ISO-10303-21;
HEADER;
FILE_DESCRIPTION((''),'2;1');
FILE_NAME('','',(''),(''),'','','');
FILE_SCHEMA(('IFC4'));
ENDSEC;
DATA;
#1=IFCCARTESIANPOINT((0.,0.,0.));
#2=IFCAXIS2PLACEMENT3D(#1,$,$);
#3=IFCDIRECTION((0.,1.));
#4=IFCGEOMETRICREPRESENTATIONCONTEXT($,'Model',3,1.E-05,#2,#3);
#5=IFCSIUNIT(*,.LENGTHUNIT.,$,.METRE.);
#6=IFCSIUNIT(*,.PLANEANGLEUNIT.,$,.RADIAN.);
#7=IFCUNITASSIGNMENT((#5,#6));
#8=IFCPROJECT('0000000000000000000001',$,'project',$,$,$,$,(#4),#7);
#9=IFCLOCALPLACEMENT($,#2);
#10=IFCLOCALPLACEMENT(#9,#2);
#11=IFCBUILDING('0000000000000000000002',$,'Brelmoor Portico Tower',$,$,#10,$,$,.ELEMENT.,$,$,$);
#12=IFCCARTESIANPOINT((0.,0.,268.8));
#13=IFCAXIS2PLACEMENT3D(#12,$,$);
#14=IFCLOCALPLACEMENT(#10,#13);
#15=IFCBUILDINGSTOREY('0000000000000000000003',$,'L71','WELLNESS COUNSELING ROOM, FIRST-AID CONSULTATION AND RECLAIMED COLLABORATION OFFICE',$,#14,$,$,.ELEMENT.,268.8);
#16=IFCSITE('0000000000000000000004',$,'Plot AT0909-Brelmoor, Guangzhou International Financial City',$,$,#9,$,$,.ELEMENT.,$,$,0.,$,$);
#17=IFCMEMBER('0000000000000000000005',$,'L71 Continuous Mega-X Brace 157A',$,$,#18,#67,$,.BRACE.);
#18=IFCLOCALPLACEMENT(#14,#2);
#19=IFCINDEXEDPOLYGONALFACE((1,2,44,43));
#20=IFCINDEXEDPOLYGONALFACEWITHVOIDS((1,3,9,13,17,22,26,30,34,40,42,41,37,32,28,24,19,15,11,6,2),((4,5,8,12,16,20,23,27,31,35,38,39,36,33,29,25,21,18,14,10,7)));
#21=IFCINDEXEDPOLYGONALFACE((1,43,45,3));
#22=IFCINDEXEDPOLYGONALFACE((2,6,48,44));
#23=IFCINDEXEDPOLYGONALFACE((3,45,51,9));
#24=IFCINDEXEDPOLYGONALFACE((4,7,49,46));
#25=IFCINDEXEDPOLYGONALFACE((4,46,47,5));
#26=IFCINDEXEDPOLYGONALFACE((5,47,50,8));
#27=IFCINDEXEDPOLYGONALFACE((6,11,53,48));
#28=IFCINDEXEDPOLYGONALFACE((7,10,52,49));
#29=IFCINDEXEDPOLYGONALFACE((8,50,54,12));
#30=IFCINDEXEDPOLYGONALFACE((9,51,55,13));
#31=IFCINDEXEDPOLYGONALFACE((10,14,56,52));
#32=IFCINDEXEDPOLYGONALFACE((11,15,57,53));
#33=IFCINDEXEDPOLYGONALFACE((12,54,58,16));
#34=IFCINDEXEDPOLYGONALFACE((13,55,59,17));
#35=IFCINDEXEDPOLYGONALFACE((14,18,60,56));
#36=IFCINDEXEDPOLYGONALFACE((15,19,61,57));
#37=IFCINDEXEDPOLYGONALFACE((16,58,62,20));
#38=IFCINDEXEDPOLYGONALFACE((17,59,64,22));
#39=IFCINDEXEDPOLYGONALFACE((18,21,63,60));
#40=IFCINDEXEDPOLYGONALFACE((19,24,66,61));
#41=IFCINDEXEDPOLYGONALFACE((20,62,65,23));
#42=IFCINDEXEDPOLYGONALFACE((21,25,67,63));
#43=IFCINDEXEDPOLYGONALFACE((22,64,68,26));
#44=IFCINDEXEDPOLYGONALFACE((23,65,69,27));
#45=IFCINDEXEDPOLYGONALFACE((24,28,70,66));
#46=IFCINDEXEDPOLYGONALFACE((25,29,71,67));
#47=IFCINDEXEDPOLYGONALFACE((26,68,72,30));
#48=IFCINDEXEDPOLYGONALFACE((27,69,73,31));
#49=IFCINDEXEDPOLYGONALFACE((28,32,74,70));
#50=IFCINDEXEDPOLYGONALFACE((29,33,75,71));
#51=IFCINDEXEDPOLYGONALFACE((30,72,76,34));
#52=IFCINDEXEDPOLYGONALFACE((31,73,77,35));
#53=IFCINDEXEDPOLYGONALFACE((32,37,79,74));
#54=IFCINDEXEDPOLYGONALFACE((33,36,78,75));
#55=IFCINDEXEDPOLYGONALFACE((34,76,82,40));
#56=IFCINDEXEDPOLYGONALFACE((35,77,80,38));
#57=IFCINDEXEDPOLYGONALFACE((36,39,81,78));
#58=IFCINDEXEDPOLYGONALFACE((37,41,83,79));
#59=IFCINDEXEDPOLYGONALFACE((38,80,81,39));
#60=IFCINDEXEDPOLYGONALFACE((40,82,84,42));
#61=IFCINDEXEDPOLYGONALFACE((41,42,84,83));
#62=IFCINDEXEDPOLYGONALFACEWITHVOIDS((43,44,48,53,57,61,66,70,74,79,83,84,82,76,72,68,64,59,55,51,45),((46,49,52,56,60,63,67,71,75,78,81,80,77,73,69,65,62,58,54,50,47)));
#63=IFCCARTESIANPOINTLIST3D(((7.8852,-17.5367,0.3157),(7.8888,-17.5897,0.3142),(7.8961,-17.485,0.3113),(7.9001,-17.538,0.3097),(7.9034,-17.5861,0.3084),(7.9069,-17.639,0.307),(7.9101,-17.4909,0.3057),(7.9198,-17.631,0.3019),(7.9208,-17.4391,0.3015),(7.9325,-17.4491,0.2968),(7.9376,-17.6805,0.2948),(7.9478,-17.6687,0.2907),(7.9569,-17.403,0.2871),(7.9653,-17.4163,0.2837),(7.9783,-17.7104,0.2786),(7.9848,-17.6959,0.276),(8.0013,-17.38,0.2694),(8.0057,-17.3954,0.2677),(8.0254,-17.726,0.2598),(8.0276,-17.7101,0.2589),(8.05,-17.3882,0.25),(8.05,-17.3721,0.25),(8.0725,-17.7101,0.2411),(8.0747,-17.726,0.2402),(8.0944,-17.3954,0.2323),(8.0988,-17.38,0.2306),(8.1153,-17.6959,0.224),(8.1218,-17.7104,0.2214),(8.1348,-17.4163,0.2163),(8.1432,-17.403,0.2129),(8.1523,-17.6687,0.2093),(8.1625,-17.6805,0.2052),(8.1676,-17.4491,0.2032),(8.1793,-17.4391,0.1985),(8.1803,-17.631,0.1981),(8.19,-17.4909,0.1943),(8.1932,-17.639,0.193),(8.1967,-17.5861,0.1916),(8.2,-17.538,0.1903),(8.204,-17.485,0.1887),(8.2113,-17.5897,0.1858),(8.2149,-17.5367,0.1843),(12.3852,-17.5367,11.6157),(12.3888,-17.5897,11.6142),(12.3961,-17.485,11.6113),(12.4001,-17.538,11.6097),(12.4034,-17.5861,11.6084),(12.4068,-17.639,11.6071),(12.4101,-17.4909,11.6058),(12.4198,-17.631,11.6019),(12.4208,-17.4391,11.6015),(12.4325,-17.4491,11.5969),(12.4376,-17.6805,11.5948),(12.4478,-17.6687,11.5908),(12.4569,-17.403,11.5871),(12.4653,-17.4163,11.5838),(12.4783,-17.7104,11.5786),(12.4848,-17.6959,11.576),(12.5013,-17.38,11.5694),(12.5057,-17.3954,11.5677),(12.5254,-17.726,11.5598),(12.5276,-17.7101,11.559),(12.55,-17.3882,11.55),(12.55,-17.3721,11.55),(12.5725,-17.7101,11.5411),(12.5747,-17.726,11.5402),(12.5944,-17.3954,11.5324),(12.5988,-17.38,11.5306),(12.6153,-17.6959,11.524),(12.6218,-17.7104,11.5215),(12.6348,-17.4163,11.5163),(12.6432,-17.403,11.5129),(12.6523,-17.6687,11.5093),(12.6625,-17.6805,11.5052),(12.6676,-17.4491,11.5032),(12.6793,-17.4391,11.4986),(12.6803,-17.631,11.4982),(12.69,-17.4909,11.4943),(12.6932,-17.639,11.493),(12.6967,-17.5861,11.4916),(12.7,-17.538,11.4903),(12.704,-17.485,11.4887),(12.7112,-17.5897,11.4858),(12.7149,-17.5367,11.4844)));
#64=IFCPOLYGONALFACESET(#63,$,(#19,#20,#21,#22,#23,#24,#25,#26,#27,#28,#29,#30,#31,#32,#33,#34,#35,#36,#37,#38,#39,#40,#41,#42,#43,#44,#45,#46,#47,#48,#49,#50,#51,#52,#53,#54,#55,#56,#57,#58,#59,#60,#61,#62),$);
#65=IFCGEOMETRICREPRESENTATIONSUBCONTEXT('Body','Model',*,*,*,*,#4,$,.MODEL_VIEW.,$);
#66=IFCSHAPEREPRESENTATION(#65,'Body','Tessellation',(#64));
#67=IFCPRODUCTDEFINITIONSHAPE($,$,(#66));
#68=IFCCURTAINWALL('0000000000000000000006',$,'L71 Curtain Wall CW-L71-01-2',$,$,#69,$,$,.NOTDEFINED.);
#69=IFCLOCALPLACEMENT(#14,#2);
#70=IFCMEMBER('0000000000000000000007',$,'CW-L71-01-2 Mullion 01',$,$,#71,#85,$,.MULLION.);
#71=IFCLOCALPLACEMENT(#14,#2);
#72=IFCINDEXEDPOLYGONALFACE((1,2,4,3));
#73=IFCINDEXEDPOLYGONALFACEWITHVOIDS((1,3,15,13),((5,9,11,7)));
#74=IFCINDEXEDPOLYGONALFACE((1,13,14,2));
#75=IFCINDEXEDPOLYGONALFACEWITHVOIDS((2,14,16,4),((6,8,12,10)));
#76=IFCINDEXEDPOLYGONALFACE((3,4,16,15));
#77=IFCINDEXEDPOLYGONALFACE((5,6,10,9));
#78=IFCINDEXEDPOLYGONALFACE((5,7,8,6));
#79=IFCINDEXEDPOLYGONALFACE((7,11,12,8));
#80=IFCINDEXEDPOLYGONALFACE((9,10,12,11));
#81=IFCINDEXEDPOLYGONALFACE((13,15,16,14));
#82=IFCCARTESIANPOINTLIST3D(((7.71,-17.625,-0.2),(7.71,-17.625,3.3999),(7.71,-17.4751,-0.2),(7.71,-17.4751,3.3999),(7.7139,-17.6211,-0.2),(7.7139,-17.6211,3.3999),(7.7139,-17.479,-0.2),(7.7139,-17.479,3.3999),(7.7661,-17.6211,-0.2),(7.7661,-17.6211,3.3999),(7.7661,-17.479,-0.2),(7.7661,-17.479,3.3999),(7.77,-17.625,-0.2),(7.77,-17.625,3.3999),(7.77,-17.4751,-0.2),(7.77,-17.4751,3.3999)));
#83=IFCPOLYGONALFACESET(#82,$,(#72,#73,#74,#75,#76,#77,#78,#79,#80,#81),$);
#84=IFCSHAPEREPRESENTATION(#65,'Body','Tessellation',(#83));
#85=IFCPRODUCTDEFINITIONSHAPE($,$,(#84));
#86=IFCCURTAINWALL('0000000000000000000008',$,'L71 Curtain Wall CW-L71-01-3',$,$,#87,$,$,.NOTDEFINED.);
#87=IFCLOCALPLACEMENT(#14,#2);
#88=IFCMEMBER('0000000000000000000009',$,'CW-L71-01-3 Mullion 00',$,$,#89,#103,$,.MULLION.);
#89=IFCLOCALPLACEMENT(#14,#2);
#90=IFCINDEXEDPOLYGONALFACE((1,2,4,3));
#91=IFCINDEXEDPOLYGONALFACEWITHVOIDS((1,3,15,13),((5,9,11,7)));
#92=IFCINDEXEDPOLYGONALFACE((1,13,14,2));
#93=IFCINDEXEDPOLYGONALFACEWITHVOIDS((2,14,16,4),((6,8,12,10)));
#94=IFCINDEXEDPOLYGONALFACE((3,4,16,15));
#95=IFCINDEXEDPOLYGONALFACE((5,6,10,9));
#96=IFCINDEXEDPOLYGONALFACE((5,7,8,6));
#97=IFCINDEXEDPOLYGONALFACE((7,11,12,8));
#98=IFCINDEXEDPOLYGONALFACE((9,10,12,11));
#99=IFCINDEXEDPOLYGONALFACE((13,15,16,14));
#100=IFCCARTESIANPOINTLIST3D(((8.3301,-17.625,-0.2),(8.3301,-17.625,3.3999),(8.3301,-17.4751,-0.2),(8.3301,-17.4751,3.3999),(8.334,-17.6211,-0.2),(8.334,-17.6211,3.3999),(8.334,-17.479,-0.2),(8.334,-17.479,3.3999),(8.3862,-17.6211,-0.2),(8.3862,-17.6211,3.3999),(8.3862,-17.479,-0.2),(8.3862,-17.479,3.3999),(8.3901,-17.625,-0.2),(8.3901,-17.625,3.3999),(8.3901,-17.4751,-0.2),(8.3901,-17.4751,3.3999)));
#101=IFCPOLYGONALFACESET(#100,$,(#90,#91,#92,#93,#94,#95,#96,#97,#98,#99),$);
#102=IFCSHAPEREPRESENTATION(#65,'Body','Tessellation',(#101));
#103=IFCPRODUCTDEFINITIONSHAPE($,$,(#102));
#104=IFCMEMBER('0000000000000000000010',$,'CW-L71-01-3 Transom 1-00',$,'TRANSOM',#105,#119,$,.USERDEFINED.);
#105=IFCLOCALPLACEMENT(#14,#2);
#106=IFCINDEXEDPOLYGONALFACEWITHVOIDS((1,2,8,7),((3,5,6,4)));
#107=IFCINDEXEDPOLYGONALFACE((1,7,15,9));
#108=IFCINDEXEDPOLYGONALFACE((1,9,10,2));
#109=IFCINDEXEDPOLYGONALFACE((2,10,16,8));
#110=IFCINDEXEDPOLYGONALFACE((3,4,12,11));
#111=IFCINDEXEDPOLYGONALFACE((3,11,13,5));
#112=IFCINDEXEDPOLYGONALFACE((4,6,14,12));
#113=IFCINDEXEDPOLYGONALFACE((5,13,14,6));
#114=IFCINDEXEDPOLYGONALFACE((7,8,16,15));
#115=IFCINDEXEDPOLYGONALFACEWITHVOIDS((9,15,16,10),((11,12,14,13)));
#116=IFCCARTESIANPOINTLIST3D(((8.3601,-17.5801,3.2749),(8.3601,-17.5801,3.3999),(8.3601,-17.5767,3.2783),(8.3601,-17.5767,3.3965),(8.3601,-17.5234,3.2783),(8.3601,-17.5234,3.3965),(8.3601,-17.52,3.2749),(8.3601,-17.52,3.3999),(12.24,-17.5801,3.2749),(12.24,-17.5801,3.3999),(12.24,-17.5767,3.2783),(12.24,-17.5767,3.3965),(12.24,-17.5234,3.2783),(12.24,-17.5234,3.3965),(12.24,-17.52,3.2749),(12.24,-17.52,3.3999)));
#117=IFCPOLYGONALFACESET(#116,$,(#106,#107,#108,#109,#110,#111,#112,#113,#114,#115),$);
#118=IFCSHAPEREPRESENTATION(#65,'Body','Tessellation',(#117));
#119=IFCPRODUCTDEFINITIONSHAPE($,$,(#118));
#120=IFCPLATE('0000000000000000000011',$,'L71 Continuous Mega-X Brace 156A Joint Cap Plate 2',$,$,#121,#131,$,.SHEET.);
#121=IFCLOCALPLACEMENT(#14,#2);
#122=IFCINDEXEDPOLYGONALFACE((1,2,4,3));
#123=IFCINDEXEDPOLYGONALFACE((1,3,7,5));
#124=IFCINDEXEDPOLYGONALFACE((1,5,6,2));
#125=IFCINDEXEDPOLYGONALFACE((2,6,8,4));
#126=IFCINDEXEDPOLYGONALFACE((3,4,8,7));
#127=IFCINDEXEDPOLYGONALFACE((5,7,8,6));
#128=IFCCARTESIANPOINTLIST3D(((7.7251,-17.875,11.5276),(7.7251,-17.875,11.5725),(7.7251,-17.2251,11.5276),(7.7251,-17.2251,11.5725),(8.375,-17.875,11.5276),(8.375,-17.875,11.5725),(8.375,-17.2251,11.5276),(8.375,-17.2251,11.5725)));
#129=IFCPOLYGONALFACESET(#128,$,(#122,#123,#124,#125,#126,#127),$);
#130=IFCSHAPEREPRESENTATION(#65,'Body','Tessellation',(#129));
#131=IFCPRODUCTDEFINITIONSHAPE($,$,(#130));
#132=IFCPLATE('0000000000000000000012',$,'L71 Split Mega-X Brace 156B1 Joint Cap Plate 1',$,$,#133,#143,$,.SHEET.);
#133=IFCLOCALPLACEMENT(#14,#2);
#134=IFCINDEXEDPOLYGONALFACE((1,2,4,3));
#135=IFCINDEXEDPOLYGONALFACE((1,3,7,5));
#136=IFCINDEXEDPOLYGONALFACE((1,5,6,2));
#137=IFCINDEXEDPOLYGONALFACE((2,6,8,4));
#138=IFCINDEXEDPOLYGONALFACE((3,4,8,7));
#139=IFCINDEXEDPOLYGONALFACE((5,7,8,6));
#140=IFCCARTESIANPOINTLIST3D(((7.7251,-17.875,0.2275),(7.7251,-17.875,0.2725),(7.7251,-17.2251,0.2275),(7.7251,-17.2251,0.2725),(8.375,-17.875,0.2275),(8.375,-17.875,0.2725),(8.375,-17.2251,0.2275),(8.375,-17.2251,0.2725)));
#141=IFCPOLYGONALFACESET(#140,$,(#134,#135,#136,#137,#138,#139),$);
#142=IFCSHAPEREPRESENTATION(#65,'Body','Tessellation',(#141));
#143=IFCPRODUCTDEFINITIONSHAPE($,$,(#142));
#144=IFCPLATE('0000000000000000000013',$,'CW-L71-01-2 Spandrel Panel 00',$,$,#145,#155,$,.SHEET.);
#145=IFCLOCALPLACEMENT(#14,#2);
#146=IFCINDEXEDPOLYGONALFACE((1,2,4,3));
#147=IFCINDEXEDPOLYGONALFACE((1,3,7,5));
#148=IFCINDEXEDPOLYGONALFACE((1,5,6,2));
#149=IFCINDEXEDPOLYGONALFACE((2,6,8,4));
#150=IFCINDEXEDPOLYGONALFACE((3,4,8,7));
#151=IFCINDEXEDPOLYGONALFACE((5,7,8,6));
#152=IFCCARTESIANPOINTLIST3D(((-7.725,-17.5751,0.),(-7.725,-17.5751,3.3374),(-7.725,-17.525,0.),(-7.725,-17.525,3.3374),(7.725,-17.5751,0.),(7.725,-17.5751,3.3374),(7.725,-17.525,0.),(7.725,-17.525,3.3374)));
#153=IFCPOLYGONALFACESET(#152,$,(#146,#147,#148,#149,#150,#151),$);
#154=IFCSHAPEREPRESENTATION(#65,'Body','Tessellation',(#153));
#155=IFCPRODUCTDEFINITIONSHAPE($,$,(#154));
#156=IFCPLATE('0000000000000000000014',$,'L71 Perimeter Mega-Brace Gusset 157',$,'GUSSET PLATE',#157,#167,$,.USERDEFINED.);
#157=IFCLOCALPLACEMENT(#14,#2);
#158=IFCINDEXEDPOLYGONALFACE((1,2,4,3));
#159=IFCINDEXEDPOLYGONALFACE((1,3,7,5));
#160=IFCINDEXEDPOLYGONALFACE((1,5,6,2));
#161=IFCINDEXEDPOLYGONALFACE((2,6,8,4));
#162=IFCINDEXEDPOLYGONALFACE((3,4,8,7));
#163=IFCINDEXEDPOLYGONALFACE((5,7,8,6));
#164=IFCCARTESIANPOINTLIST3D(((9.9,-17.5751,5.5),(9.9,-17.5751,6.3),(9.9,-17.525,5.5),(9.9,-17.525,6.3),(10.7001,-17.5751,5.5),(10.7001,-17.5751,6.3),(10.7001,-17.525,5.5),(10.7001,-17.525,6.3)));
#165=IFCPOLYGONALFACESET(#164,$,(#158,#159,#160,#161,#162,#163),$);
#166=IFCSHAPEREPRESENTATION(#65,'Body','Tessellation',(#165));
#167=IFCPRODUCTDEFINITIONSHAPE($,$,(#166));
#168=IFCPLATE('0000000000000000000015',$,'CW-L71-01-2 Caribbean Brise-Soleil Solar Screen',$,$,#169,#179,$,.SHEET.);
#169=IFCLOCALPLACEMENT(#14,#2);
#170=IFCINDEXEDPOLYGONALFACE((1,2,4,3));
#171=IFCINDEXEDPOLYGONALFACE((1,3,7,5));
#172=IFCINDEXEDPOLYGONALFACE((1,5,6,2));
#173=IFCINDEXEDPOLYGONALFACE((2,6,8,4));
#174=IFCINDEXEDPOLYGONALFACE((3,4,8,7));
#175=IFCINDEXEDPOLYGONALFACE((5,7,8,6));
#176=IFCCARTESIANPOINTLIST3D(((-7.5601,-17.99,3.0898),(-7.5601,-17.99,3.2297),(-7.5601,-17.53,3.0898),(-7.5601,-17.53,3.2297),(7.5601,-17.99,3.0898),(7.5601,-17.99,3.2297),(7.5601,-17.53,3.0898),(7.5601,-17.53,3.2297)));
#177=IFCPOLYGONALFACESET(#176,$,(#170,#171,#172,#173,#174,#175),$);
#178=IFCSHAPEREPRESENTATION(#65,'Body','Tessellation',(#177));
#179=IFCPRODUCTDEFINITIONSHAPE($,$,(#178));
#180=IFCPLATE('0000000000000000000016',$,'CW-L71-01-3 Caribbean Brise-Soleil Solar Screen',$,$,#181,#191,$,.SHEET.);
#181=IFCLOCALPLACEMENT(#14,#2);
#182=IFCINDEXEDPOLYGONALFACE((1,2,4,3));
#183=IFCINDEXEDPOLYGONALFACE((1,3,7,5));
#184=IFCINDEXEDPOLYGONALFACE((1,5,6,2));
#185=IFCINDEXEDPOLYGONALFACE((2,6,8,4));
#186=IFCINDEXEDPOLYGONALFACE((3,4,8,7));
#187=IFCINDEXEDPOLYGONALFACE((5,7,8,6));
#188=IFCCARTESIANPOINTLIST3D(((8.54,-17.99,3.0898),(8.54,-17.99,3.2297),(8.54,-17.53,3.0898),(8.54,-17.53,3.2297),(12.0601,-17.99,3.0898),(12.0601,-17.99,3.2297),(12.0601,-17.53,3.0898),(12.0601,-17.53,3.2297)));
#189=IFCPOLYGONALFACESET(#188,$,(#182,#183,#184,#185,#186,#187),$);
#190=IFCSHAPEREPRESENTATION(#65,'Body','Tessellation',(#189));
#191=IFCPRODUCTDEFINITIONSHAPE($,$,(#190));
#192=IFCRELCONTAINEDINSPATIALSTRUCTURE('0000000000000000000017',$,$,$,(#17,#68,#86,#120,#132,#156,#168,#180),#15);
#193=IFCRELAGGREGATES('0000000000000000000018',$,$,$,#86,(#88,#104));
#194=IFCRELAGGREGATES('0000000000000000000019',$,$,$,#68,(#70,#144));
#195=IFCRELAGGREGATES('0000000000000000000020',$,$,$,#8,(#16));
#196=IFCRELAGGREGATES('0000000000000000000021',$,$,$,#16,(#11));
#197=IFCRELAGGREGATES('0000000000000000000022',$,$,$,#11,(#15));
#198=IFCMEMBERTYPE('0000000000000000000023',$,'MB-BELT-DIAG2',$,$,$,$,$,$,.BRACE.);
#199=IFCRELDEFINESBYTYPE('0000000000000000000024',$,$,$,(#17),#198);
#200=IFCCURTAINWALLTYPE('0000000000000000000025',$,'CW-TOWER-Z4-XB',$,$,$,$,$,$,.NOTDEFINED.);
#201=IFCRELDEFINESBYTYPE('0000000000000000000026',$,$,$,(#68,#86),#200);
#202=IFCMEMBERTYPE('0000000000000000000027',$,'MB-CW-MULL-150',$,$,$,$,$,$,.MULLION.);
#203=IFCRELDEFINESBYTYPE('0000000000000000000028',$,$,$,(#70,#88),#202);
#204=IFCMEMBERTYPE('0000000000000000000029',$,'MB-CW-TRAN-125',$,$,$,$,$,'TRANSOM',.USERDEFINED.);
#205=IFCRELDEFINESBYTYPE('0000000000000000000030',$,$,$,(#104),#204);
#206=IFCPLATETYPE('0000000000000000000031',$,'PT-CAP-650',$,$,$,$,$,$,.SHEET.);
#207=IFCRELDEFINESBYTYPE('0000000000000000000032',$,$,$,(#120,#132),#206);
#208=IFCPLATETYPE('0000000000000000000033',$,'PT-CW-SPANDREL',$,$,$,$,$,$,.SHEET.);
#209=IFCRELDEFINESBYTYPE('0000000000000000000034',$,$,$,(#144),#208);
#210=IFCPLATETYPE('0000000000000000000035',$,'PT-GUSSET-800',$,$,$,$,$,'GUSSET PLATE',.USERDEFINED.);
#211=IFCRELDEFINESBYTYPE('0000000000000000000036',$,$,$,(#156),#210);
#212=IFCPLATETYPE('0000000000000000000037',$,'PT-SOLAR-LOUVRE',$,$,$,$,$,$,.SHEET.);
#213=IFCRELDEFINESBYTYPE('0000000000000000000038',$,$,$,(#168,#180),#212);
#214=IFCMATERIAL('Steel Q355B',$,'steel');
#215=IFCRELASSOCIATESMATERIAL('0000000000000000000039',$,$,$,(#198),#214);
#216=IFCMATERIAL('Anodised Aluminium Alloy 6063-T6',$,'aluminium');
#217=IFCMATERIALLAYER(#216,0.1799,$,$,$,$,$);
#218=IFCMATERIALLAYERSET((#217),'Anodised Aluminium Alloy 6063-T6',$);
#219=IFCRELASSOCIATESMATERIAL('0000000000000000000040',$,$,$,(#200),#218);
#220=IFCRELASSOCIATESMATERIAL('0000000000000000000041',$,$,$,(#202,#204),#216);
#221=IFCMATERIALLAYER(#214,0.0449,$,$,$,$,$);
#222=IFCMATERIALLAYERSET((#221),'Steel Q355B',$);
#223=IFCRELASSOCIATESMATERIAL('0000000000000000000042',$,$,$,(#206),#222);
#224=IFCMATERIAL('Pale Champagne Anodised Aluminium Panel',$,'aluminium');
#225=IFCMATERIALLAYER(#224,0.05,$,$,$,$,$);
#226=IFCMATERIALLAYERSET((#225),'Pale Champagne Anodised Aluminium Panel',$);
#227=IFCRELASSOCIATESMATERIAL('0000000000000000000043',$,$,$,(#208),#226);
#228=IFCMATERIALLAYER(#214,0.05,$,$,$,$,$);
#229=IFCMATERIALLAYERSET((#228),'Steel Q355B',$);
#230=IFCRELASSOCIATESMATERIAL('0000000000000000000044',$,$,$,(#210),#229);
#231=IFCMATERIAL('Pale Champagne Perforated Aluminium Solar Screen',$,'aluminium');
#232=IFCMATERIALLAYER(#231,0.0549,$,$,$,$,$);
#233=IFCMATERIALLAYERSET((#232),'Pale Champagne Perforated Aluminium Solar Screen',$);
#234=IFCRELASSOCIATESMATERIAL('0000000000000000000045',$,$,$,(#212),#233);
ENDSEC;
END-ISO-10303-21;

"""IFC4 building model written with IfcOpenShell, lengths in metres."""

from ifc_helpers import new_model, si_unit, direction, frame, origin, origin_2d, place, context, subcontext, project, spatial, rectangle, hollow_rectangle, hollow_circle, extrude, material, layer, layer_set, material_profile, profile_set, type_object, element, aggregate, save


model = new_model("IFC4")

# Units and contexts
model_context = context("Model", 3, precision=1e-05, world=origin(), true_north=direction((0.0, 1.0)))
body_context = subcontext(model_context, "Body", "Model", "MODEL_VIEW")
ifc_project = project(units=[si_unit("LENGTHUNIT", "METRE"), si_unit("PLANEANGLEUNIT", "RADIAN")], contexts=[model_context])

# Site, building, storey
site_placement = place(None, origin())
site = spatial("IfcSite", under=ifc_project, at=site_placement, Name="Plot AT0909-Brelmoor, Guangzhou International Financial City", CompositionType="ELEMENT", RefElevation=0.0)
building_placement = place(site_placement, origin())
building = spatial("IfcBuilding", under=site, at=building_placement, Name="Brelmoor Portico Tower", CompositionType="ELEMENT")
storey_placement = place(building_placement, frame((0.0, 0.0, 268.8)))
storey = spatial("IfcBuildingStorey", under=building, at=storey_placement, Name="L71", Description="WELLNESS COUNSELING ROOM, FIRST-AID CONSULTATION AND RECLAIMED COLLABORATION OFFICE", CompositionType="ELEMENT", Elevation=268.8)

# Shared definitions
ifc_material_1 = material(Name="Steel Q355B", Category="steel")

# Member
ifc_material_profile_1 = material_profile(ifc_material_1, hollow_circle(Radius=0.178, WallThickness=0.0161, at=origin_2d()), Name="CHS 356x16")
ifc_profile_set_1 = profile_set([ifc_material_profile_1], Name="Steel Q355B")
member_type_1 = type_object("IfcMemberType", Name="MB-BELT-DIAG2", PredefinedType="BRACE", material=ifc_profile_set_1)
member_1_placement = place(storey_placement, frame((8.05, -17.55, 0.25), z_axis=(0.369971, 0.0, 0.929043), x_axis=(0.0, 1.0, 0.0)))
element("IfcMember", 1, at=member_1_placement, inside=storey, type_object=member_type_1, Name="L71 Continuous Mega-X Brace 157A", PredefinedType="BRACE", context=body_context, shape_type="SweptSolid", body=[
    extrude(hollow_circle(Radius=0.178, WallThickness=0.0161, at=origin_2d()), origin(), (0.0, 0.0, 1.0), 12.1631),
])

# Curtain wall, member
ifc_material_2 = material(Name="Anodised Aluminium Alloy 6063-T6", Category="aluminium")
ifc_layer_1 = layer(ifc_material_2, 0.1799)
ifc_layer_set_1 = layer_set([ifc_layer_1], Name="Anodised Aluminium Alloy 6063-T6")
curtain_wall_type = type_object("IfcCurtainWallType", Name="CW-TOWER-Z4-XB", PredefinedType="NOTDEFINED", material=ifc_layer_set_1)
curtain_wall_1_placement = place(storey_placement, origin())
curtain_wall_1 = element("IfcCurtainWall", 2, at=curtain_wall_1_placement, inside=storey, type_object=curtain_wall_type, Name="L71 Curtain Wall CW-L71-01-2", PredefinedType="NOTDEFINED")
ifc_material_profile_2 = material_profile(ifc_material_2, hollow_rectangle(XDim=0.0601, YDim=0.1499, WallThickness=0.0039, at=origin_2d()), Name="ALU MULLION 60x150")
ifc_profile_set_2 = profile_set([ifc_material_profile_2], Name="Anodised Aluminium Alloy 6063-T6")
member_type_2 = type_object("IfcMemberType", Name="MB-CW-MULL-150", PredefinedType="MULLION", material=ifc_profile_set_2)
member_2_placement = place(storey_placement, frame((7.74, -17.55, -0.2), z_axis=(0.0, 0.0, 1.0), x_axis=(1.0, 0.0, 0.0)))
member_2 = element("IfcMember", 3, at=member_2_placement, type_object=member_type_2, Name="CW-L71-01-2 Mullion 01", PredefinedType="MULLION", context=body_context, shape_type="SweptSolid", body=[
    extrude(hollow_rectangle(XDim=0.0601, YDim=0.1499, WallThickness=0.0039, at=origin_2d()), origin(), (0.0, 0.0, 1.0), 3.5999),
])

# Curtain wall, members
curtain_wall_2_placement = place(storey_placement, origin())
curtain_wall_2 = element("IfcCurtainWall", 4, at=curtain_wall_2_placement, inside=storey, type_object=curtain_wall_type, Name="L71 Curtain Wall CW-L71-01-3", PredefinedType="NOTDEFINED")
member_3_placement = place(storey_placement, frame((8.3601, -17.55, -0.2), z_axis=(0.0, 0.0, 1.0), x_axis=(1.0, 0.0, 0.0)))
member_3 = element("IfcMember", 5, at=member_3_placement, type_object=member_type_2, Name="CW-L71-01-3 Mullion 00", PredefinedType="MULLION", context=body_context, shape_type="SweptSolid", body=[
    extrude(hollow_rectangle(XDim=0.0601, YDim=0.1499, WallThickness=0.0039, at=origin_2d()), origin(), (0.0, 0.0, 1.0), 3.5999),
])
ifc_material_profile_3 = material_profile(ifc_material_2, hollow_rectangle(XDim=0.0601, YDim=0.125, WallThickness=0.0034, at=origin_2d()), Name="ALU TRANSOM 60x125")
ifc_profile_set_3 = profile_set([ifc_material_profile_3], Name="Anodised Aluminium Alloy 6063-T6")
member_type_3 = type_object("IfcMemberType", Name="MB-CW-TRAN-125", ElementType="TRANSOM", PredefinedType="USERDEFINED", material=ifc_profile_set_3)
member_4_placement = place(storey_placement, frame((8.3601, -17.55, 3.3374), z_axis=(1.0, 0.0, 0.0), x_axis=(0.0, 1.0, 0.0)))
member_4 = element("IfcMember", 6, at=member_4_placement, type_object=member_type_3, Name="CW-L71-01-3 Transom 1-00", ObjectType="TRANSOM", PredefinedType="USERDEFINED", context=body_context, shape_type="SweptSolid", body=[
    extrude(hollow_rectangle(XDim=0.0601, YDim=0.125, WallThickness=0.0034, at=origin_2d()), origin(), (0.0, 0.0, 1.0), 3.8799),
])
aggregate(curtain_wall_2, [member_3, member_4])

# Plates
ifc_layer_2 = layer(ifc_material_1, 0.0449)
ifc_layer_set_2 = layer_set([ifc_layer_2], Name="Steel Q355B")
plate_type_1 = type_object("IfcPlateType", Name="PT-CAP-650", PredefinedType="SHEET", material=ifc_layer_set_2)
for number, where, z_axis, x_axis, name in (
    (7, (8.05, -17.55, 11.5276), (0.0, 0.0, 1.0), (1.0, 0.0, 0.0), "L71 Continuous Mega-X Brace 156A Joint Cap Plate 2"),
    (8, (8.05, -17.55, 0.2275), (0.0, 0.0, 1.0), (1.0, 0.0, 0.0), "L71 Split Mega-X Brace 156B1 Joint Cap Plate 1"),
):
    element("IfcPlate", number, at=place(storey_placement, frame(where, z_axis=z_axis, x_axis=x_axis)), inside=storey, type_object=plate_type_1, Name=name, PredefinedType="SHEET", context=body_context, shape_type="SweptSolid", body=[
        extrude(rectangle(XDim=0.6499, YDim=0.6499, at=origin_2d()), origin(), (0.0, 0.0, 1.0), 0.0449),
    ])

# Plate
ifc_material_3 = material(Name="Pale Champagne Anodised Aluminium Panel", Category="aluminium")
ifc_layer_3 = layer(ifc_material_3, 0.05)
ifc_layer_set_3 = layer_set([ifc_layer_3], Name="Pale Champagne Anodised Aluminium Panel")
plate_type_2 = type_object("IfcPlateType", Name="PT-CW-SPANDREL", PredefinedType="SHEET", material=ifc_layer_set_3)
plate_1_placement = place(storey_placement, frame((0.0, -17.55, 0.0), z_axis=(0.0, 0.0, 1.0), x_axis=(1.0, 0.0, 0.0)))
plate_1 = element("IfcPlate", 9, at=plate_1_placement, type_object=plate_type_2, Name="CW-L71-01-2 Spandrel Panel 00", PredefinedType="SHEET", context=body_context, shape_type="SweptSolid", body=[
    extrude(rectangle(XDim=15.45, YDim=0.05, at=origin_2d()), origin(), (0.0, 0.0, 1.0), 3.3374),
])
aggregate(curtain_wall_1, [member_2, plate_1])

# Plates
ifc_layer_4 = layer(ifc_material_1, 0.05)
ifc_layer_set_4 = layer_set([ifc_layer_4], Name="Steel Q355B")
plate_type_3 = type_object("IfcPlateType", Name="PT-GUSSET-800", ElementType="GUSSET PLATE", PredefinedType="USERDEFINED", material=ifc_layer_set_4)
plate_2_placement = place(storey_placement, frame((10.3, -17.55, 5.5), z_axis=(0.0, 0.0, 1.0), x_axis=(1.0, 0.0, 0.0)))
element("IfcPlate", 10, at=plate_2_placement, inside=storey, type_object=plate_type_3, Name="L71 Perimeter Mega-Brace Gusset 157", ObjectType="GUSSET PLATE", PredefinedType="USERDEFINED", context=body_context, shape_type="SweptSolid", body=[
    extrude(rectangle(XDim=0.8, YDim=0.05, at=origin_2d()), origin(), (0.0, 0.0, 1.0), 0.8),
])
ifc_material_4 = material(Name="Pale Champagne Perforated Aluminium Solar Screen", Category="aluminium")
ifc_layer_5 = layer(ifc_material_4, 0.0549)
ifc_layer_set_5 = layer_set([ifc_layer_5], Name="Pale Champagne Perforated Aluminium Solar Screen")
plate_type_4 = type_object("IfcPlateType", Name="PT-SOLAR-LOUVRE", PredefinedType="SHEET", material=ifc_layer_set_5)
plate_3_placement = place(storey_placement, frame((0.0, -17.76, 3.0898), z_axis=(0.0, 0.0, 1.0), x_axis=(1.0, 0.0, 0.0)))
element("IfcPlate", 11, at=plate_3_placement, inside=storey, type_object=plate_type_4, Name="CW-L71-01-2 Caribbean Brise-Soleil Solar Screen", PredefinedType="SHEET", context=body_context, shape_type="SweptSolid", body=[
    extrude(rectangle(XDim=15.1201, YDim=0.46, at=origin_2d()), origin(), (0.0, 0.0, 1.0), 0.1399),
])
plate_4_placement = place(storey_placement, frame((10.3, -17.76, 3.0898), z_axis=(0.0, 0.0, 1.0), x_axis=(1.0, 0.0, 0.0)))
element("IfcPlate", 12, at=plate_4_placement, inside=storey, type_object=plate_type_4, Name="CW-L71-01-3 Caribbean Brise-Soleil Solar Screen", PredefinedType="SHEET", context=body_context, shape_type="SweptSolid", body=[
    extrude(rectangle(XDim=3.52, YDim=0.46, at=origin_2d()), origin(), (0.0, 0.0, 1.0), 0.1399),
])

save(model, "model.ifc")
